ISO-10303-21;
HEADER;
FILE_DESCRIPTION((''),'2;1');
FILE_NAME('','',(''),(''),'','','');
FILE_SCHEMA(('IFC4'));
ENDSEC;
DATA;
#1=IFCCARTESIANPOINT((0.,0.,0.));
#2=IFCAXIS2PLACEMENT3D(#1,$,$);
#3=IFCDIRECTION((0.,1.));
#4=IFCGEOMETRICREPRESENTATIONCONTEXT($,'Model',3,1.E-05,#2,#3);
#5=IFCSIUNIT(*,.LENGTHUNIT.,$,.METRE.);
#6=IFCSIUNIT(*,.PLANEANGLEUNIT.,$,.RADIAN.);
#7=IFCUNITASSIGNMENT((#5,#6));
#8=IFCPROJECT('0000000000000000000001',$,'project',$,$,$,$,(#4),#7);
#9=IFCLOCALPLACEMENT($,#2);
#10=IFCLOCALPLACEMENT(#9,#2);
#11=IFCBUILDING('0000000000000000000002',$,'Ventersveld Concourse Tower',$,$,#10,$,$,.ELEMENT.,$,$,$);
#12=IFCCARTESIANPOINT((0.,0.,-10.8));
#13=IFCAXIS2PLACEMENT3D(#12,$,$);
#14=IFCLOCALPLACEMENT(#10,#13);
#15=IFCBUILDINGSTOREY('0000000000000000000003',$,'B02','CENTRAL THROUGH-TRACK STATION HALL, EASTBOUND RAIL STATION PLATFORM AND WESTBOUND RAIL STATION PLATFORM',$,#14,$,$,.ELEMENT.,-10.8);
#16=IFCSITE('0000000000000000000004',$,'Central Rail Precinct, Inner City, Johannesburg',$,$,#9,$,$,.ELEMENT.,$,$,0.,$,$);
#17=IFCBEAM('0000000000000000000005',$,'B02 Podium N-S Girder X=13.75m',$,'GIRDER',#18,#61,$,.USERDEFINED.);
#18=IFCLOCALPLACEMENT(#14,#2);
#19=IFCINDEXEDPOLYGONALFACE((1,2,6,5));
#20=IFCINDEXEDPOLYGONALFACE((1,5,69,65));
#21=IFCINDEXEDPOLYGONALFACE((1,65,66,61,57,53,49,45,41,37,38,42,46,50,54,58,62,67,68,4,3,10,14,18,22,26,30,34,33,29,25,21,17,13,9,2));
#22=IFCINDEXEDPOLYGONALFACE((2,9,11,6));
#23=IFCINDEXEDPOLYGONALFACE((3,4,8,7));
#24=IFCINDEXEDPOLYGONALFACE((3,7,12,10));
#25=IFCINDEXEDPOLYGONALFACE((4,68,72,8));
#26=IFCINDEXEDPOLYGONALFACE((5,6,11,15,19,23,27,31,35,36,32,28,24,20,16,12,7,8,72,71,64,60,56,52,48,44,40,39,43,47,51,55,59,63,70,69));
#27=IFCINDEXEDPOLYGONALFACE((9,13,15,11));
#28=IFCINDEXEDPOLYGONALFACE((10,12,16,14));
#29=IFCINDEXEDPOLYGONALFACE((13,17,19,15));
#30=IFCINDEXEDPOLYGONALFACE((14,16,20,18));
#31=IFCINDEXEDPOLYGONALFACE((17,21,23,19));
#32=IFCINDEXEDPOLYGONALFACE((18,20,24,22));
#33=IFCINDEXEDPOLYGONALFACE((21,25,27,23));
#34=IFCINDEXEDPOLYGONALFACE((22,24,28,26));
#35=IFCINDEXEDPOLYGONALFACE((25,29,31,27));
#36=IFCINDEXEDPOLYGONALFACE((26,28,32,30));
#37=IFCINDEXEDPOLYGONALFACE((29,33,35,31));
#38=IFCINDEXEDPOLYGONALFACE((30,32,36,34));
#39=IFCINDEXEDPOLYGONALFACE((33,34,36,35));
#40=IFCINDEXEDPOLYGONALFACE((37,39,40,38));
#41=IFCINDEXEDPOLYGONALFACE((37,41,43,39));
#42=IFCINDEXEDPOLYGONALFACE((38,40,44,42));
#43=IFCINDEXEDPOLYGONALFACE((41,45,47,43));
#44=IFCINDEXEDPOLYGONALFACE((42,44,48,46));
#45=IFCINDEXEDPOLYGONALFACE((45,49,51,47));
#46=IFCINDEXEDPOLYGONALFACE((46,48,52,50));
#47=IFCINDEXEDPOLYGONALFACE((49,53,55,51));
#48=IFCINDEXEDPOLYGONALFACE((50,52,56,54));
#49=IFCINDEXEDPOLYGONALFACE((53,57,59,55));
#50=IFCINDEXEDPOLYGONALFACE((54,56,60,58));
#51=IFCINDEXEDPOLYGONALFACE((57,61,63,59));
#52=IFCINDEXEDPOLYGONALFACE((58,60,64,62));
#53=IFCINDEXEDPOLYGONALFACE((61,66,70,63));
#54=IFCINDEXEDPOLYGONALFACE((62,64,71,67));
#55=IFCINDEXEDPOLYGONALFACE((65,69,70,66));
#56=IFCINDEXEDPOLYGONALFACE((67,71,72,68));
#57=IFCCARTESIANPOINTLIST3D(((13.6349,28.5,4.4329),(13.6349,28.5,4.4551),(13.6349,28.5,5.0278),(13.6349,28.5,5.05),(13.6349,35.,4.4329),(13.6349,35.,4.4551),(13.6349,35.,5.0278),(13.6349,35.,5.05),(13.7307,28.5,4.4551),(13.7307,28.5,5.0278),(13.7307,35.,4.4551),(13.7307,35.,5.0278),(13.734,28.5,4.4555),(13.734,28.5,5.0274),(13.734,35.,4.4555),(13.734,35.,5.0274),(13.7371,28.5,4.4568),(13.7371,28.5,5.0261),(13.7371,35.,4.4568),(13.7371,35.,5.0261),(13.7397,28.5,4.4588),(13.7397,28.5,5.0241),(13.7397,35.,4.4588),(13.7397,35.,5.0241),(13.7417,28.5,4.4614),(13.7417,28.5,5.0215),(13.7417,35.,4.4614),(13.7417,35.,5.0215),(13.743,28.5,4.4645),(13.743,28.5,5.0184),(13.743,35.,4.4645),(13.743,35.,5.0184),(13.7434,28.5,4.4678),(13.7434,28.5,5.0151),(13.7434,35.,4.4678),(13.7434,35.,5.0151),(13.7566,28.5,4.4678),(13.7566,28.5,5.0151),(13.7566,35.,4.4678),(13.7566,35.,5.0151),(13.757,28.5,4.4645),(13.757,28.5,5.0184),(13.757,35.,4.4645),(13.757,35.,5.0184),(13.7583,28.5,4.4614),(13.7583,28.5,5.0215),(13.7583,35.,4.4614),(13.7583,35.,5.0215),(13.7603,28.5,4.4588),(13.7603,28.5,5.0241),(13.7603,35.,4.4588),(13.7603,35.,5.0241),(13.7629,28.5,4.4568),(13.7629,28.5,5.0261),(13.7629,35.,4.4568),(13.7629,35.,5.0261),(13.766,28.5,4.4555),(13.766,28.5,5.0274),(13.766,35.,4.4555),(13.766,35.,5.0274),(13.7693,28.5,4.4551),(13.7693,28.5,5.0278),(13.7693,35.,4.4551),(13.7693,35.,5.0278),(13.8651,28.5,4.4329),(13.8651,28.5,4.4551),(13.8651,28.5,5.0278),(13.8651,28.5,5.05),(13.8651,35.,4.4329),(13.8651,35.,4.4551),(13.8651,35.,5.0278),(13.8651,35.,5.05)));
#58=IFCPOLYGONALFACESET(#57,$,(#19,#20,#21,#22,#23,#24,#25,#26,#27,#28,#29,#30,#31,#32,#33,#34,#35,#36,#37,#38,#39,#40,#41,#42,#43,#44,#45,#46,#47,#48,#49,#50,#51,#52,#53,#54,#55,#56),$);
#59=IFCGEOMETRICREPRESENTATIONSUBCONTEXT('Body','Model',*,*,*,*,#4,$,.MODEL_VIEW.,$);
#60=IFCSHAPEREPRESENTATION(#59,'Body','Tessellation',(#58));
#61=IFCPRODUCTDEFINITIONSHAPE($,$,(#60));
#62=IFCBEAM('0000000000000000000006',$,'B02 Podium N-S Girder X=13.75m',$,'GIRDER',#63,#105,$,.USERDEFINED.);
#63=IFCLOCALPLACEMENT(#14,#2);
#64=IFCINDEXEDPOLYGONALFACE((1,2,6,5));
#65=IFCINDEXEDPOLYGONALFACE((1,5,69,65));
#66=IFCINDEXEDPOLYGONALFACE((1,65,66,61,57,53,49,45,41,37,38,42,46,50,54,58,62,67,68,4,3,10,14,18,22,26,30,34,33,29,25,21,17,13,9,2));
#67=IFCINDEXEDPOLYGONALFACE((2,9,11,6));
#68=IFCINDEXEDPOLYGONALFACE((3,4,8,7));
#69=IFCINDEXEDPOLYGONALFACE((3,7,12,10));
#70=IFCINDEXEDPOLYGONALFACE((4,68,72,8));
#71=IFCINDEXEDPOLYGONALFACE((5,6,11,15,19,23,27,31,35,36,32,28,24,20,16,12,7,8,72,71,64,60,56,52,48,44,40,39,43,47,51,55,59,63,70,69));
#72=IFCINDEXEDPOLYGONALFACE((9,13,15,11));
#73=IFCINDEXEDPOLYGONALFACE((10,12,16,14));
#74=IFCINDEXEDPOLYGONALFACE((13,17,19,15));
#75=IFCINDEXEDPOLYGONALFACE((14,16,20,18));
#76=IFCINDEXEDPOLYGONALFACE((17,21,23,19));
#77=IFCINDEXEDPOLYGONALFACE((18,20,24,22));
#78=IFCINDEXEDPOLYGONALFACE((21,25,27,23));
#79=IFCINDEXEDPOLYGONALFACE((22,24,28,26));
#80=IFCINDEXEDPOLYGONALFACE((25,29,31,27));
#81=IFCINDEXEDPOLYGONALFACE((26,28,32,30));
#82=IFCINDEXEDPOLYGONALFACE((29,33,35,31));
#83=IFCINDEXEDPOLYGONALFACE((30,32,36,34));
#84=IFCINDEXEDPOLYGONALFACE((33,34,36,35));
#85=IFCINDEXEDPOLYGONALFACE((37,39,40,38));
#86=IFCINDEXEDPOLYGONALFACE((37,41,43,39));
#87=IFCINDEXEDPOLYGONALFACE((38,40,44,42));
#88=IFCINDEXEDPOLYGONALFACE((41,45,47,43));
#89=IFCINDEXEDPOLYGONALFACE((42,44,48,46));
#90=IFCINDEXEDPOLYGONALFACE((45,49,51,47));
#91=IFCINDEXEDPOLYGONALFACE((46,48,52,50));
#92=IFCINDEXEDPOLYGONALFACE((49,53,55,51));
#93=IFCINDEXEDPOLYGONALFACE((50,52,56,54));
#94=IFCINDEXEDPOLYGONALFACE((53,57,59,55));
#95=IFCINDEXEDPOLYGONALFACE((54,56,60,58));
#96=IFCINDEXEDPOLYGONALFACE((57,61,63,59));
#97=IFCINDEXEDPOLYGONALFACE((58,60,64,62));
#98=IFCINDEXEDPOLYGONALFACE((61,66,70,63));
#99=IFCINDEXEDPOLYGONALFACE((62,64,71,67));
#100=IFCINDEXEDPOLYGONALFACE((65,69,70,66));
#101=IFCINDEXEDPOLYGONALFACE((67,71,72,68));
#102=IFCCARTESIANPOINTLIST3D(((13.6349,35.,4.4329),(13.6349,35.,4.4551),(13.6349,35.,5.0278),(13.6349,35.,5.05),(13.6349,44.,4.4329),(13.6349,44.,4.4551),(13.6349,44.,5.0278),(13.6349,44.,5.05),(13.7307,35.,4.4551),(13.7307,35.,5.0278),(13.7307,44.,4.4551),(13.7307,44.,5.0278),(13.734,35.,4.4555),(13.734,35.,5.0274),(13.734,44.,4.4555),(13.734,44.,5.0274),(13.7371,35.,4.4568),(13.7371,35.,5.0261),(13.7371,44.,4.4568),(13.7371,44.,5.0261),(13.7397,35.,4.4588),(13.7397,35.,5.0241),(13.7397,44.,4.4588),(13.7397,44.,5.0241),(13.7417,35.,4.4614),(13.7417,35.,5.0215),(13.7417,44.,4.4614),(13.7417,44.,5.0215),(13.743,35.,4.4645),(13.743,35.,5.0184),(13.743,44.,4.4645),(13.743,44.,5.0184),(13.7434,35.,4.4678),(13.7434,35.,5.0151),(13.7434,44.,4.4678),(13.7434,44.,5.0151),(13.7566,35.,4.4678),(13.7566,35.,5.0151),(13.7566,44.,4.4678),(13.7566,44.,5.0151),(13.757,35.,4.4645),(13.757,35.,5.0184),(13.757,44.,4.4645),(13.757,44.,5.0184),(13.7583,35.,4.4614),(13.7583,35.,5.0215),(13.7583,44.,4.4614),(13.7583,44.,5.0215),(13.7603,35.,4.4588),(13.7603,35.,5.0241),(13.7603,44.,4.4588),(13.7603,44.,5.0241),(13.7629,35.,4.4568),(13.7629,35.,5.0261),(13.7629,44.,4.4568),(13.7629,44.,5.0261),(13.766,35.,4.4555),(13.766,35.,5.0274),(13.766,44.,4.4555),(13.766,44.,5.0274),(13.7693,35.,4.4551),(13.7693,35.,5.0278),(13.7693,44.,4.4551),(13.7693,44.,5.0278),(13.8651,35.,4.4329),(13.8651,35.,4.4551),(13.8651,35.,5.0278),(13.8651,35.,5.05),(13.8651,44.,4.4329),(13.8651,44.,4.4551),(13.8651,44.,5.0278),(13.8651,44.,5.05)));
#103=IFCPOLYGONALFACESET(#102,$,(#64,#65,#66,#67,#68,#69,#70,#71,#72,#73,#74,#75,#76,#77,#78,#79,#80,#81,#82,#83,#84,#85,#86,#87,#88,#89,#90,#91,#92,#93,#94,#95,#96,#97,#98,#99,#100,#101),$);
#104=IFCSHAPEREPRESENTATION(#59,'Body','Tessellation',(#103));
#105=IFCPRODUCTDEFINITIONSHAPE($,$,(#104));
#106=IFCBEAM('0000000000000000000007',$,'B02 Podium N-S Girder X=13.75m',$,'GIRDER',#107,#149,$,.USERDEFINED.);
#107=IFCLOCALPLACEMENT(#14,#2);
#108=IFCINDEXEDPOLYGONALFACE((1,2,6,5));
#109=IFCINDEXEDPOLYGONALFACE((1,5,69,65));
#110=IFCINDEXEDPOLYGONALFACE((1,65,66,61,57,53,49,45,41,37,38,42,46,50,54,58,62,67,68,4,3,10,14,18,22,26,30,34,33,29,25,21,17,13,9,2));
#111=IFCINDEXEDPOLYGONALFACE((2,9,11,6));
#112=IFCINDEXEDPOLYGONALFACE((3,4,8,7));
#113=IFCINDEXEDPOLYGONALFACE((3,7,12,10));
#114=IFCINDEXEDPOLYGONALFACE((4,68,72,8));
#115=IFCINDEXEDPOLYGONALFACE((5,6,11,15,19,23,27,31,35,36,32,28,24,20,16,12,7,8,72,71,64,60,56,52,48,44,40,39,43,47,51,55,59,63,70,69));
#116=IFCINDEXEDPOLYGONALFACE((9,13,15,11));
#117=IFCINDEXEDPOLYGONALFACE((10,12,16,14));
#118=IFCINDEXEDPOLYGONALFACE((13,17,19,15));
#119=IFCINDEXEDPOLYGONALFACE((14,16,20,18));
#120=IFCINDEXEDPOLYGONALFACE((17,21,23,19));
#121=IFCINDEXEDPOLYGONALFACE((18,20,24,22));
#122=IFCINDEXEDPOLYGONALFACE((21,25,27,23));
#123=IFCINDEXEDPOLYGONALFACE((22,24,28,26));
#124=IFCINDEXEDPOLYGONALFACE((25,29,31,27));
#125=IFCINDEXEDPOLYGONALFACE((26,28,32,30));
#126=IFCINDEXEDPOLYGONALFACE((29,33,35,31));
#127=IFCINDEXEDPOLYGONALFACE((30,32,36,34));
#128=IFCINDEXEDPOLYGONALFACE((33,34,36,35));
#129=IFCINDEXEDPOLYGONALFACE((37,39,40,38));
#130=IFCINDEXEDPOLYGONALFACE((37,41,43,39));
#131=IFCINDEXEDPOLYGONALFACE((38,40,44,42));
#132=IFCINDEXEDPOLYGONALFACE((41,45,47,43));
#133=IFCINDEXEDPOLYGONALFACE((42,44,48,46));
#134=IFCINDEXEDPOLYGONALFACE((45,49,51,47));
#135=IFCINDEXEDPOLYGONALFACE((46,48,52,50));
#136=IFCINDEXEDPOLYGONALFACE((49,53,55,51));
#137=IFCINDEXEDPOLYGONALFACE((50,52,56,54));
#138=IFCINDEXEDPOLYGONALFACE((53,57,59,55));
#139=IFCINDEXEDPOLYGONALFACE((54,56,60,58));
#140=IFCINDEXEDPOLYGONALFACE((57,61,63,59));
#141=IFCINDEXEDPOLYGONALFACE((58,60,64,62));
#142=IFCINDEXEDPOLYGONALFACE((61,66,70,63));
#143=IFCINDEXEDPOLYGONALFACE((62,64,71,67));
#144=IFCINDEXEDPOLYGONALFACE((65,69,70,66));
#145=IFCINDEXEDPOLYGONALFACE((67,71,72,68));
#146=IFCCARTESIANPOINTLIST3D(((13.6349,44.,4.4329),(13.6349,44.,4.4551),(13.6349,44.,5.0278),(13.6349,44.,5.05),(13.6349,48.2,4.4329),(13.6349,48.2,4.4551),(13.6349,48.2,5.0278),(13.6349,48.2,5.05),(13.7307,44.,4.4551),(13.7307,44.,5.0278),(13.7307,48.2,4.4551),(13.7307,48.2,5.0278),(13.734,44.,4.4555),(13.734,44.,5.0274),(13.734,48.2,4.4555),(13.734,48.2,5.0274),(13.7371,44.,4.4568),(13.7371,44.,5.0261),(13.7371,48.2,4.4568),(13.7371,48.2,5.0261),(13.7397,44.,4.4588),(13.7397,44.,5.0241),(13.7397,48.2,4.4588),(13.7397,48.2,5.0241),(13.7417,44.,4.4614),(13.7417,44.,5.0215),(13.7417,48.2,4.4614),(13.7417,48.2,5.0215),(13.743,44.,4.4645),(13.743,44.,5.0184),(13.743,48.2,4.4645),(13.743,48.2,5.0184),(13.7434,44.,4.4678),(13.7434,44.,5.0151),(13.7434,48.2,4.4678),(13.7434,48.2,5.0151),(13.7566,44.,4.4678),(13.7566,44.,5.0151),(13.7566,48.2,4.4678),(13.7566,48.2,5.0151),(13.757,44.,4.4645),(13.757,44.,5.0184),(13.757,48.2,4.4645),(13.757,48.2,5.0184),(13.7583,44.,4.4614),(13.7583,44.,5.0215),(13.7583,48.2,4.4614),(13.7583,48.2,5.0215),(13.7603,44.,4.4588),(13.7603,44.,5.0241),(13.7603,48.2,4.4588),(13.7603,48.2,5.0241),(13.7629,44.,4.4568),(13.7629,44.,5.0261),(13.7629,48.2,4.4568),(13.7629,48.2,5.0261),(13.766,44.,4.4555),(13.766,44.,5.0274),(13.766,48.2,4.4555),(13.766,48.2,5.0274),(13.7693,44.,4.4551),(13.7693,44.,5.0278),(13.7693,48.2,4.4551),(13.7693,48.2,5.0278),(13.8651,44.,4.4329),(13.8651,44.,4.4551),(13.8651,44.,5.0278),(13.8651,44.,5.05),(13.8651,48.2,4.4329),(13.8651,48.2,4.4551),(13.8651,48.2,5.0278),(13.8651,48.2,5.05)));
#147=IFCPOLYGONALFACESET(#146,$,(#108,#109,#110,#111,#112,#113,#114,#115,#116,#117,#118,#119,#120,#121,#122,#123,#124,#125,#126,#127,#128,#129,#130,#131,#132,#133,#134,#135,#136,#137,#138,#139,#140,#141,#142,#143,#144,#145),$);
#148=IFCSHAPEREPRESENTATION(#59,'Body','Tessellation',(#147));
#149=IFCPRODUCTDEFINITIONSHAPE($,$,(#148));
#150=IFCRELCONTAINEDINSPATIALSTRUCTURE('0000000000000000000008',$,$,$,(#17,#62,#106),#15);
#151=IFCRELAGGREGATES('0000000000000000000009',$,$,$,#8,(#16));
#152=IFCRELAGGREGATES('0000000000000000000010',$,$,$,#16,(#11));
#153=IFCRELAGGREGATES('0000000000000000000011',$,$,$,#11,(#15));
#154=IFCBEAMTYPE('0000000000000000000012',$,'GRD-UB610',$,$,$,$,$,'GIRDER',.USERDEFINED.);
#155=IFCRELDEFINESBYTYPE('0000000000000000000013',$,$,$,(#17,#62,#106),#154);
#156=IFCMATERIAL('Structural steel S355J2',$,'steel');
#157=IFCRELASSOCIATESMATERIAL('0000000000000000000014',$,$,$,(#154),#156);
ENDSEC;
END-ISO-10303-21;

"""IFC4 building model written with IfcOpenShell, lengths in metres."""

from ifc_helpers import new_model, si_unit, direction, frame, origin, origin_2d, place, context, subcontext, project, spatial, i_section, extrude, material, material_profile, profile_set, type_object, element, save


model = new_model("IFC4")

# Units and contexts
model_context = context("Model", 3, precision=1e-05, world=origin(), true_north=direction((0.0, 1.0)))
body_context = subcontext(model_context, "Body", "Model", "MODEL_VIEW")
ifc_project = project(units=[si_unit("LENGTHUNIT", "METRE"), si_unit("PLANEANGLEUNIT", "RADIAN")], contexts=[model_context])

# Site, building, storey
site_placement = place(None, origin())
site = spatial("IfcSite", under=ifc_project, at=site_placement, Name="Central Rail Precinct, Inner City, Johannesburg", CompositionType="ELEMENT", RefElevation=0.0)
building_placement = place(site_placement, origin())
building = spatial("IfcBuilding", under=site, at=building_placement, Name="Ventersveld Concourse Tower", CompositionType="ELEMENT")
storey_placement = place(building_placement, frame((0.0, 0.0, -10.8)))
storey = spatial("IfcBuildingStorey", under=building, at=storey_placement, Name="B02", Description="CENTRAL THROUGH-TRACK STATION HALL, EASTBOUND RAIL STATION PLATFORM AND WESTBOUND RAIL STATION PLATFORM", CompositionType="ELEMENT", Elevation=-10.8)

# Beams
ifc_material_1 = material(Name="Structural steel S355J2", Category="steel")
ifc_material_profile_1 = material_profile(ifc_material_1, i_section(OverallWidth=0.2302, OverallDepth=0.6172, WebThickness=0.0132, FlangeThickness=0.0222, FilletRadius=0.0127, at=origin_2d()), Name="UB 610x229x140")
ifc_profile_set_1 = profile_set([ifc_material_profile_1], Name="Structural steel S355J2")
beam_type_1 = type_object("IfcBeamType", Name="GRD-UB610", ElementType="GIRDER", PredefinedType="USERDEFINED", material=ifc_profile_set_1)
beam_1_placement = place(storey_placement, frame((13.75, 28.5, 4.7415), z_axis=(0.0, 1.0, 0.0), x_axis=(-1.0, 0.0, 0.0)))
element("IfcBeam", 1, at=beam_1_placement, inside=storey, type_object=beam_type_1, Name="B02 Podium N-S Girder X=13.75m", ObjectType="GIRDER", PredefinedType="USERDEFINED", context=body_context, shape_type="SweptSolid", body=[
    extrude(i_section(OverallWidth=0.2302, OverallDepth=0.6172, WebThickness=0.0132, FlangeThickness=0.0222, FilletRadius=0.0127, at=origin_2d()), origin(), (0.0, 0.0, 1.0), 6.5),
])
beam_2_placement = place(storey_placement, frame((13.75, 35.0, 4.7415), z_axis=(0.0, 1.0, 0.0), x_axis=(-1.0, 0.0, 0.0)))
element("IfcBeam", 2, at=beam_2_placement, inside=storey, type_object=beam_type_1, Name="B02 Podium N-S Girder X=13.75m", ObjectType="GIRDER", PredefinedType="USERDEFINED", context=body_context, shape_type="SweptSolid", body=[
    extrude(i_section(OverallWidth=0.2302, OverallDepth=0.6172, WebThickness=0.0132, FlangeThickness=0.0222, FilletRadius=0.0127, at=origin_2d()), origin(), (0.0, 0.0, 1.0), 9.0),
])
beam_3_placement = place(storey_placement, frame((13.75, 44.0, 4.7415), z_axis=(0.0, 1.0, 0.0), x_axis=(-1.0, 0.0, 0.0)))
element("IfcBeam", 3, at=beam_3_placement, inside=storey, type_object=beam_type_1, Name="B02 Podium N-S Girder X=13.75m", ObjectType="GIRDER", PredefinedType="USERDEFINED", context=body_context, shape_type="SweptSolid", body=[
    extrude(i_section(OverallWidth=0.2302, OverallDepth=0.6172, WebThickness=0.0132, FlangeThickness=0.0222, FilletRadius=0.0127, at=origin_2d()), origin(), (0.0, 0.0, 1.0), 4.2),
])

save(model, "model.ifc")
